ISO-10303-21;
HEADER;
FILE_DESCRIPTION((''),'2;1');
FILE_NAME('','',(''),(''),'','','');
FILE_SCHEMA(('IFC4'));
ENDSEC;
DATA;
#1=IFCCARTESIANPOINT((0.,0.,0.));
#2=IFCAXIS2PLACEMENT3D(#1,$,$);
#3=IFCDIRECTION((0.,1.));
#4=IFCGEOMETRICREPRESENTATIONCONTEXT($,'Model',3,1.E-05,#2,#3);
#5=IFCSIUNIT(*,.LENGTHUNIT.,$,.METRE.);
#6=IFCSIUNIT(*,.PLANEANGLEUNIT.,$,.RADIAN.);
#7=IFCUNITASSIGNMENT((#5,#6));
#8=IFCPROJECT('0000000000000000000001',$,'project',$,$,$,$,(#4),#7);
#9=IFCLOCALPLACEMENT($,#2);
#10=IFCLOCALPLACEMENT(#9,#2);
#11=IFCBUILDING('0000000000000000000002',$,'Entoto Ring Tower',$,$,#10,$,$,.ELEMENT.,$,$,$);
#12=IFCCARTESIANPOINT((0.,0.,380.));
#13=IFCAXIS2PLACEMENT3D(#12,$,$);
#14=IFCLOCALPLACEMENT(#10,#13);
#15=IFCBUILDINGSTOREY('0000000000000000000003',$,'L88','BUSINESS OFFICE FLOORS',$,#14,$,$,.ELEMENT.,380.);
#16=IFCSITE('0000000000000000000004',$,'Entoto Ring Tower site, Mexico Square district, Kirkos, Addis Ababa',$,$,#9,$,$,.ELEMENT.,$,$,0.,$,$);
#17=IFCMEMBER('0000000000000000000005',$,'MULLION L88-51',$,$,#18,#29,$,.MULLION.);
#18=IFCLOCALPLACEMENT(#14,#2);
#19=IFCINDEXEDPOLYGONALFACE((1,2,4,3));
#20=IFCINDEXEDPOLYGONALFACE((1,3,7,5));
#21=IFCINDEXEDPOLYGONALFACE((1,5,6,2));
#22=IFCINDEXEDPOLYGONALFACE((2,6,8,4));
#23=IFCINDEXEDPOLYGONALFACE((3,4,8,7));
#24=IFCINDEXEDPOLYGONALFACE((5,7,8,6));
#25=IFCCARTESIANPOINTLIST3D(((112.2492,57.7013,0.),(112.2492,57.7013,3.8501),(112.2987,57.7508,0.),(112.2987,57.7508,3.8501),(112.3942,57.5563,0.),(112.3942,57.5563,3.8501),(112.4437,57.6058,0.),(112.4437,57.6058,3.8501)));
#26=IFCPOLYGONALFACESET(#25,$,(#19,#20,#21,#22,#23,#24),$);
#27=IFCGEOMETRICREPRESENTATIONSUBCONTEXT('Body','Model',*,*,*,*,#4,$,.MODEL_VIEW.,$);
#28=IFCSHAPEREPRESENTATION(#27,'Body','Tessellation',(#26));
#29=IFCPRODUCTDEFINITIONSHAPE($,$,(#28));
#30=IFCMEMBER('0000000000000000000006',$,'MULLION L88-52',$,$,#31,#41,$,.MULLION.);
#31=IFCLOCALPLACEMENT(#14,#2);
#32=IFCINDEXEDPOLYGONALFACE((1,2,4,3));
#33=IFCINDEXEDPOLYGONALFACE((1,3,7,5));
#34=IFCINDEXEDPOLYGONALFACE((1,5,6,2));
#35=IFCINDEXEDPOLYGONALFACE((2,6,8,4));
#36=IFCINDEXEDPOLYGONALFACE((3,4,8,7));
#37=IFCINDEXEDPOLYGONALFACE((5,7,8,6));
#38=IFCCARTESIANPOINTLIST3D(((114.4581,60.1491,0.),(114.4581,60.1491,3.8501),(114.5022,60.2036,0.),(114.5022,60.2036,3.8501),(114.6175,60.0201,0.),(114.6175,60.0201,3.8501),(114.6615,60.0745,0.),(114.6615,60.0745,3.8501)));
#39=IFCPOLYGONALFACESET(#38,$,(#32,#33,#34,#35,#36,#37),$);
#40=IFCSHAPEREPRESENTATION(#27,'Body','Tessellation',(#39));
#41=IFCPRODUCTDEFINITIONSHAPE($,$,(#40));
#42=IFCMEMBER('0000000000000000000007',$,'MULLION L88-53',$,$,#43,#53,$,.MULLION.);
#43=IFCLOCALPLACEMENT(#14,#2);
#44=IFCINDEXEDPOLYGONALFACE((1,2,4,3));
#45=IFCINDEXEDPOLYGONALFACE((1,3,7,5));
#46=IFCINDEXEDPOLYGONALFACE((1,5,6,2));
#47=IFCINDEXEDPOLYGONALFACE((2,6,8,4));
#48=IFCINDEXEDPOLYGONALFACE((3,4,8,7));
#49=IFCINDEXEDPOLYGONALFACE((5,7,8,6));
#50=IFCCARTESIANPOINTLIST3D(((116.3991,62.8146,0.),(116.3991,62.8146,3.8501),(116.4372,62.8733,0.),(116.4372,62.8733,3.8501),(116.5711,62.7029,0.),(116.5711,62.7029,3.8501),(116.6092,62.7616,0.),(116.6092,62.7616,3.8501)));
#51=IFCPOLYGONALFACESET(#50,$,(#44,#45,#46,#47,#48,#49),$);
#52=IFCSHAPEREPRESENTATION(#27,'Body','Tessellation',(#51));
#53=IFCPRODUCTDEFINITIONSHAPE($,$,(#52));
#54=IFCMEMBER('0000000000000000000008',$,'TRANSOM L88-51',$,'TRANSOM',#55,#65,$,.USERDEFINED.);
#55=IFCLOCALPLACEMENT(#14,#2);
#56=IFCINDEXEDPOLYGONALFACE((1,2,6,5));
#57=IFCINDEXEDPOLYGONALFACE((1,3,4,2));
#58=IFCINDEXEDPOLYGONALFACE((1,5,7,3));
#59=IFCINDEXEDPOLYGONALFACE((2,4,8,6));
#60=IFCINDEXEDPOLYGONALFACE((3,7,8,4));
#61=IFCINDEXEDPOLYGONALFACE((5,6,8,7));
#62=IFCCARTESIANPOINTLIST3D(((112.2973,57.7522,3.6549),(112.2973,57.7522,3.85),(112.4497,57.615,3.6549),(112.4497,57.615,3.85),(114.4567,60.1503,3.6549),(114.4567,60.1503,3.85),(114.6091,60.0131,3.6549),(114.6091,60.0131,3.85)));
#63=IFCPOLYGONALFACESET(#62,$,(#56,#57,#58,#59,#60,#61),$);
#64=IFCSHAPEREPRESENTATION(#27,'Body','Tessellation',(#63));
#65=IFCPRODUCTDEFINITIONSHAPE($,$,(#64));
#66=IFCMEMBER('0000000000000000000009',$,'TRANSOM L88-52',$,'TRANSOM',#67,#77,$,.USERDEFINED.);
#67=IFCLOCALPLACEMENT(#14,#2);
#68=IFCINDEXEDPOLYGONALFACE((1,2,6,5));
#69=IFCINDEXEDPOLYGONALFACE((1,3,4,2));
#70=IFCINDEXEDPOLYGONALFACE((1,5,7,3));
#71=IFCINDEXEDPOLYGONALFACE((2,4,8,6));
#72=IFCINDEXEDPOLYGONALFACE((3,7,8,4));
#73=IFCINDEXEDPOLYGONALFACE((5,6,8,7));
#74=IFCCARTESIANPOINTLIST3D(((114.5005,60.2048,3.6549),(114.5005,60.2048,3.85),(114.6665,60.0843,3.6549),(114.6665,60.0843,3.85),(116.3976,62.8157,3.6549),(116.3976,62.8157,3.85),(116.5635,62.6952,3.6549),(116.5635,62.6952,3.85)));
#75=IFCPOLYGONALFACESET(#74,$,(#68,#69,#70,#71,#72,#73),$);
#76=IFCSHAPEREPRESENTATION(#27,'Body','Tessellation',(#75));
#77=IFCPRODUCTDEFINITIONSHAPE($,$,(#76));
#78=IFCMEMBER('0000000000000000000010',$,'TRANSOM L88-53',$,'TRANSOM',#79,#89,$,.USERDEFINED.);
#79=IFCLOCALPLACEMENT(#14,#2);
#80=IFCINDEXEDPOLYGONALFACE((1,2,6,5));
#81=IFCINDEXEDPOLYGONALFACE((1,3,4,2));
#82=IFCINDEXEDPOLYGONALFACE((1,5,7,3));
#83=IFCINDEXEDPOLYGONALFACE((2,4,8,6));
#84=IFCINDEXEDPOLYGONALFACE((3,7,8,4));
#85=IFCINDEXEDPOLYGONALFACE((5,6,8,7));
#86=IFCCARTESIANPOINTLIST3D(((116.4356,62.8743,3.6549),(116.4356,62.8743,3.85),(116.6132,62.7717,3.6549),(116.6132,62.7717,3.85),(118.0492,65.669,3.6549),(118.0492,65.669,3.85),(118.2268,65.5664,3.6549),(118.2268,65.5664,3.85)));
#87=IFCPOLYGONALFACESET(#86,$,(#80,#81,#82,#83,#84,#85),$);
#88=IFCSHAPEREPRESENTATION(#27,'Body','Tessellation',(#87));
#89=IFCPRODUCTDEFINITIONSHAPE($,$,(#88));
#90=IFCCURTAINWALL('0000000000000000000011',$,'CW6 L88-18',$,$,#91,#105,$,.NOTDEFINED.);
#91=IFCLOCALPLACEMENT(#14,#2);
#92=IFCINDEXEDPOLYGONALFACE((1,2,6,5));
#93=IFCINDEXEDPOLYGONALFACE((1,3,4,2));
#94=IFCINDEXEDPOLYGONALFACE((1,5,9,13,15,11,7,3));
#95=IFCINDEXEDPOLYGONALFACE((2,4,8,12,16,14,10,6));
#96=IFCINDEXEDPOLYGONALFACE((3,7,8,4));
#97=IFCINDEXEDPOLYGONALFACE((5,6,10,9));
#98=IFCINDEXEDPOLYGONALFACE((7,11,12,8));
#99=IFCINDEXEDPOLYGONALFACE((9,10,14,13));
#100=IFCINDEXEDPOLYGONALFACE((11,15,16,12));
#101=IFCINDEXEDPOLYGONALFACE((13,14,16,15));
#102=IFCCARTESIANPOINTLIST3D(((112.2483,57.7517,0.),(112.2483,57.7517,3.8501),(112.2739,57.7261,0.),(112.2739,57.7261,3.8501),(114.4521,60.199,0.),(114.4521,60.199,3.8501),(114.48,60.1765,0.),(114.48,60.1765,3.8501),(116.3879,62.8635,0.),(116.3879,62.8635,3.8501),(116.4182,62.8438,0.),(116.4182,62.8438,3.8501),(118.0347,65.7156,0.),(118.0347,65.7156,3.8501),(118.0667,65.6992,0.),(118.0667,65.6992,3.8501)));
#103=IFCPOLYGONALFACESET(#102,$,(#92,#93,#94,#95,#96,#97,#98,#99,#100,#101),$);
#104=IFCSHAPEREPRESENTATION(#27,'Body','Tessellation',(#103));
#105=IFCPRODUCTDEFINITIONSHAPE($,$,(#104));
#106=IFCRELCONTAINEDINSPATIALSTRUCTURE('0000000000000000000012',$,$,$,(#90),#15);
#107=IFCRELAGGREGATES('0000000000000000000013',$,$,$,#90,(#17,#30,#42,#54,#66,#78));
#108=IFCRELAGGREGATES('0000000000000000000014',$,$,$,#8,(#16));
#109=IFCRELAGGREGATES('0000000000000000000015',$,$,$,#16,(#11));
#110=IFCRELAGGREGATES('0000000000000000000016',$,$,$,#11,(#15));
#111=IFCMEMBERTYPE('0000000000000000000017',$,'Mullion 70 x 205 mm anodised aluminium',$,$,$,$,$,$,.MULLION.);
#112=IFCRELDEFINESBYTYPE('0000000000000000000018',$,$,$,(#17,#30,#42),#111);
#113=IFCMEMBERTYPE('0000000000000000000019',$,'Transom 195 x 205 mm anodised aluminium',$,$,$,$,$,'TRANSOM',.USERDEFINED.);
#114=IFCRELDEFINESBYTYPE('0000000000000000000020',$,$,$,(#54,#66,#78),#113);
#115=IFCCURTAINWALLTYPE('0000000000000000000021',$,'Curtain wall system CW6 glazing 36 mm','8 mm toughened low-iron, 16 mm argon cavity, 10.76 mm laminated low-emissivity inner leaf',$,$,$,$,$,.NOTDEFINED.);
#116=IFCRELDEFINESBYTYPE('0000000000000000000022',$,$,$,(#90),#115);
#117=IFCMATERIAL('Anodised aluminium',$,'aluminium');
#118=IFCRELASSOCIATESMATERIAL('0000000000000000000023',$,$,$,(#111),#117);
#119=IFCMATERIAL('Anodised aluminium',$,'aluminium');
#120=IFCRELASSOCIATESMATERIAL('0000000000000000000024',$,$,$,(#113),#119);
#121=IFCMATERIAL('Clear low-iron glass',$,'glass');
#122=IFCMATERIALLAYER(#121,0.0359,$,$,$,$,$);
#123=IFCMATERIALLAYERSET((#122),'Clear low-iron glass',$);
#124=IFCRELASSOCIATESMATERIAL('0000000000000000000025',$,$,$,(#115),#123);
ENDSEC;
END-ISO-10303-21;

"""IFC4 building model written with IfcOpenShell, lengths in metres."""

from ifc_helpers import new_model, si_unit, direction, frame, origin, origin_2d, place, context, subcontext, project, spatial, polyline, rectangle, outline, extrude, material, layer, layer_set, material_profile, profile_set, type_object, element, aggregate, save


model = new_model("IFC4")

# Units and contexts
model_context = context("Model", 3, precision=1e-05, world=origin(), true_north=direction((0.0, 1.0)))
body_context = subcontext(model_context, "Body", "Model", "MODEL_VIEW")
ifc_project = project(units=[si_unit("LENGTHUNIT", "METRE"), si_unit("PLANEANGLEUNIT", "RADIAN")], contexts=[model_context])

# Members
ifc_material_1 = material(Name="Anodised aluminium", Category="aluminium")
ifc_material_profile_1 = material_profile(ifc_material_1, rectangle(XDim=0.0701, YDim=0.2051, at=origin_2d()), Name="Mullion 70 x 205 mm anodised aluminium")
ifc_profile_set_1 = profile_set([ifc_material_profile_1], Name="Anodised aluminium")
member_type_1 = type_object("IfcMemberType", Name="Mullion 70 x 205 mm anodised aluminium", PredefinedType="MULLION", material=ifc_profile_set_1)
site_placement = place(None, origin())
building_placement = place(site_placement, origin())
storey_placement = place(building_placement, frame((0.0, 0.0, 380.0)))
member_1_placement = place(storey_placement, frame((112.3464, 57.6536, 0.0), z_axis=(0.0, 0.0, 1.0), x_axis=(0.707107, 0.707107, 0.0)))
member_1 = element("IfcMember", 1, at=member_1_placement, type_object=member_type_1, Name="MULLION L88-51", PredefinedType="MULLION", context=body_context, shape_type="SweptSolid", body=[
    extrude(rectangle(XDim=0.0701, YDim=0.2051, at=origin_2d()), origin(), (0.0, 0.0, 1.0), 3.8501),
])
member_2_placement = place(storey_placement, frame((114.5598, 60.1118, 0.0), z_axis=(0.0, 0.0, 1.0), x_axis=(0.62932, 0.777146, 0.0)))
member_2 = element("IfcMember", 2, at=member_2_placement, type_object=member_type_1, Name="MULLION L88-52", PredefinedType="MULLION", context=body_context, shape_type="SweptSolid", body=[
    extrude(rectangle(XDim=0.0701, YDim=0.2051, at=origin_2d()), origin(), (0.0, 0.0, 1.0), 3.8501),
])
member_3_placement = place(storey_placement, frame((116.5042, 62.7881, 0.0), z_axis=(0.0, 0.0, 1.0), x_axis=(0.544639, 0.838671, 0.0)))
member_3 = element("IfcMember", 3, at=member_3_placement, type_object=member_type_1, Name="MULLION L88-53", PredefinedType="MULLION", context=body_context, shape_type="SweptSolid", body=[
    extrude(rectangle(XDim=0.0701, YDim=0.2051, at=origin_2d()), origin(), (0.0, 0.0, 1.0), 3.8501),
])
ifc_material_2 = material(Name="Anodised aluminium", Category="aluminium")
ifc_material_profile_2 = material_profile(ifc_material_2, rectangle(XDim=0.2051, YDim=0.1951, at=origin_2d()), Name="Transom 195 x 205 mm anodised aluminium")
ifc_profile_set_2 = profile_set([ifc_material_profile_2], Name="Anodised aluminium")
member_type_2 = type_object("IfcMemberType", Name="Transom 195 x 205 mm anodised aluminium", ElementType="TRANSOM", PredefinedType="USERDEFINED", material=ifc_profile_set_2)
member_4_placement = place(storey_placement, frame((112.3735, 57.6836, 3.7524), z_axis=(0.669144, 0.743132, 0.0), x_axis=(-0.743132, 0.669144, 0.0)))
member_4 = element("IfcMember", 4, at=member_4_placement, type_object=member_type_2, Name="TRANSOM L88-51", ObjectType="TRANSOM", PredefinedType="USERDEFINED", context=body_context, shape_type="SweptSolid", body=[
    extrude(rectangle(XDim=0.2051, YDim=0.1951, at=origin_2d()), origin(), (0.0, 0.0, 1.0), 3.2271),
])
member_5_placement = place(storey_placement, frame((114.5835, 60.1445, 3.7524), z_axis=(0.587803, 0.809004, 0.0), x_axis=(-0.809004, 0.587803, 0.0)))
member_5 = element("IfcMember", 5, at=member_5_placement, type_object=member_type_2, Name="TRANSOM L88-52", ObjectType="TRANSOM", PredefinedType="USERDEFINED", context=body_context, shape_type="SweptSolid", body=[
    extrude(rectangle(XDim=0.2051, YDim=0.1951, at=origin_2d()), origin(), (0.0, 0.0, 1.0), 3.2273),
])
member_6_placement = place(storey_placement, frame((116.5244, 62.823, 3.7524), z_axis=(0.500004, 0.866023, 0.0), x_axis=(-0.866023, 0.500004, 0.0)))
member_6 = element("IfcMember", 6, at=member_6_placement, type_object=member_type_2, Name="TRANSOM L88-53", ObjectType="TRANSOM", PredefinedType="USERDEFINED", context=body_context, shape_type="SweptSolid", body=[
    extrude(rectangle(XDim=0.2051, YDim=0.1951, at=origin_2d()), origin(), (0.0, 0.0, 1.0), 3.2271),
])

# Site, building, storey
site = spatial("IfcSite", under=ifc_project, at=site_placement, Name="Entoto Ring Tower site, Mexico Square district, Kirkos, Addis Ababa", CompositionType="ELEMENT", RefElevation=0.0)
building = spatial("IfcBuilding", under=site, at=building_placement, Name="Entoto Ring Tower", CompositionType="ELEMENT")
storey = spatial("IfcBuildingStorey", under=building, at=storey_placement, Name="L88", Description="BUSINESS OFFICE FLOORS", CompositionType="ELEMENT", Elevation=380.0)

# Curtain wall
ifc_material_3 = material(Name="Clear low-iron glass", Category="glass")
ifc_layer_1 = layer(ifc_material_3, 0.0359)
ifc_layer_set_1 = layer_set([ifc_layer_1], Name="Clear low-iron glass")
curtain_wall_type = type_object("IfcCurtainWallType", Name="Curtain wall system CW6 glazing 36 mm", Description="8 mm toughened low-iron, 16 mm argon cavity, 10.76 mm laminated low-emissivity inner leaf", PredefinedType="NOTDEFINED", material=ifc_layer_set_1)
curtain_wall_1_placement = place(storey_placement, origin())
curtain_wall_1 = element("IfcCurtainWall", 7, at=curtain_wall_1_placement, inside=storey, type_object=curtain_wall_type, Name="CW6 L88-18", PredefinedType="NOTDEFINED", context=body_context, shape_type="SweptSolid", body=[
    extrude(outline(polyline([(112.2739, 57.7261), (114.48, 60.1765), (116.4182, 62.8438), (118.0667, 65.6992), (118.0347, 65.7156), (116.3879, 62.8635), (114.4521, 60.199), (112.2483, 57.7517), (112.2739, 57.7261)])), origin(), (0.0, 0.0, 1.0), 3.8501),
])
aggregate(curtain_wall_1, [member_1, member_2, member_3, member_4, member_5, member_6])

save(model, "model.ifc")
